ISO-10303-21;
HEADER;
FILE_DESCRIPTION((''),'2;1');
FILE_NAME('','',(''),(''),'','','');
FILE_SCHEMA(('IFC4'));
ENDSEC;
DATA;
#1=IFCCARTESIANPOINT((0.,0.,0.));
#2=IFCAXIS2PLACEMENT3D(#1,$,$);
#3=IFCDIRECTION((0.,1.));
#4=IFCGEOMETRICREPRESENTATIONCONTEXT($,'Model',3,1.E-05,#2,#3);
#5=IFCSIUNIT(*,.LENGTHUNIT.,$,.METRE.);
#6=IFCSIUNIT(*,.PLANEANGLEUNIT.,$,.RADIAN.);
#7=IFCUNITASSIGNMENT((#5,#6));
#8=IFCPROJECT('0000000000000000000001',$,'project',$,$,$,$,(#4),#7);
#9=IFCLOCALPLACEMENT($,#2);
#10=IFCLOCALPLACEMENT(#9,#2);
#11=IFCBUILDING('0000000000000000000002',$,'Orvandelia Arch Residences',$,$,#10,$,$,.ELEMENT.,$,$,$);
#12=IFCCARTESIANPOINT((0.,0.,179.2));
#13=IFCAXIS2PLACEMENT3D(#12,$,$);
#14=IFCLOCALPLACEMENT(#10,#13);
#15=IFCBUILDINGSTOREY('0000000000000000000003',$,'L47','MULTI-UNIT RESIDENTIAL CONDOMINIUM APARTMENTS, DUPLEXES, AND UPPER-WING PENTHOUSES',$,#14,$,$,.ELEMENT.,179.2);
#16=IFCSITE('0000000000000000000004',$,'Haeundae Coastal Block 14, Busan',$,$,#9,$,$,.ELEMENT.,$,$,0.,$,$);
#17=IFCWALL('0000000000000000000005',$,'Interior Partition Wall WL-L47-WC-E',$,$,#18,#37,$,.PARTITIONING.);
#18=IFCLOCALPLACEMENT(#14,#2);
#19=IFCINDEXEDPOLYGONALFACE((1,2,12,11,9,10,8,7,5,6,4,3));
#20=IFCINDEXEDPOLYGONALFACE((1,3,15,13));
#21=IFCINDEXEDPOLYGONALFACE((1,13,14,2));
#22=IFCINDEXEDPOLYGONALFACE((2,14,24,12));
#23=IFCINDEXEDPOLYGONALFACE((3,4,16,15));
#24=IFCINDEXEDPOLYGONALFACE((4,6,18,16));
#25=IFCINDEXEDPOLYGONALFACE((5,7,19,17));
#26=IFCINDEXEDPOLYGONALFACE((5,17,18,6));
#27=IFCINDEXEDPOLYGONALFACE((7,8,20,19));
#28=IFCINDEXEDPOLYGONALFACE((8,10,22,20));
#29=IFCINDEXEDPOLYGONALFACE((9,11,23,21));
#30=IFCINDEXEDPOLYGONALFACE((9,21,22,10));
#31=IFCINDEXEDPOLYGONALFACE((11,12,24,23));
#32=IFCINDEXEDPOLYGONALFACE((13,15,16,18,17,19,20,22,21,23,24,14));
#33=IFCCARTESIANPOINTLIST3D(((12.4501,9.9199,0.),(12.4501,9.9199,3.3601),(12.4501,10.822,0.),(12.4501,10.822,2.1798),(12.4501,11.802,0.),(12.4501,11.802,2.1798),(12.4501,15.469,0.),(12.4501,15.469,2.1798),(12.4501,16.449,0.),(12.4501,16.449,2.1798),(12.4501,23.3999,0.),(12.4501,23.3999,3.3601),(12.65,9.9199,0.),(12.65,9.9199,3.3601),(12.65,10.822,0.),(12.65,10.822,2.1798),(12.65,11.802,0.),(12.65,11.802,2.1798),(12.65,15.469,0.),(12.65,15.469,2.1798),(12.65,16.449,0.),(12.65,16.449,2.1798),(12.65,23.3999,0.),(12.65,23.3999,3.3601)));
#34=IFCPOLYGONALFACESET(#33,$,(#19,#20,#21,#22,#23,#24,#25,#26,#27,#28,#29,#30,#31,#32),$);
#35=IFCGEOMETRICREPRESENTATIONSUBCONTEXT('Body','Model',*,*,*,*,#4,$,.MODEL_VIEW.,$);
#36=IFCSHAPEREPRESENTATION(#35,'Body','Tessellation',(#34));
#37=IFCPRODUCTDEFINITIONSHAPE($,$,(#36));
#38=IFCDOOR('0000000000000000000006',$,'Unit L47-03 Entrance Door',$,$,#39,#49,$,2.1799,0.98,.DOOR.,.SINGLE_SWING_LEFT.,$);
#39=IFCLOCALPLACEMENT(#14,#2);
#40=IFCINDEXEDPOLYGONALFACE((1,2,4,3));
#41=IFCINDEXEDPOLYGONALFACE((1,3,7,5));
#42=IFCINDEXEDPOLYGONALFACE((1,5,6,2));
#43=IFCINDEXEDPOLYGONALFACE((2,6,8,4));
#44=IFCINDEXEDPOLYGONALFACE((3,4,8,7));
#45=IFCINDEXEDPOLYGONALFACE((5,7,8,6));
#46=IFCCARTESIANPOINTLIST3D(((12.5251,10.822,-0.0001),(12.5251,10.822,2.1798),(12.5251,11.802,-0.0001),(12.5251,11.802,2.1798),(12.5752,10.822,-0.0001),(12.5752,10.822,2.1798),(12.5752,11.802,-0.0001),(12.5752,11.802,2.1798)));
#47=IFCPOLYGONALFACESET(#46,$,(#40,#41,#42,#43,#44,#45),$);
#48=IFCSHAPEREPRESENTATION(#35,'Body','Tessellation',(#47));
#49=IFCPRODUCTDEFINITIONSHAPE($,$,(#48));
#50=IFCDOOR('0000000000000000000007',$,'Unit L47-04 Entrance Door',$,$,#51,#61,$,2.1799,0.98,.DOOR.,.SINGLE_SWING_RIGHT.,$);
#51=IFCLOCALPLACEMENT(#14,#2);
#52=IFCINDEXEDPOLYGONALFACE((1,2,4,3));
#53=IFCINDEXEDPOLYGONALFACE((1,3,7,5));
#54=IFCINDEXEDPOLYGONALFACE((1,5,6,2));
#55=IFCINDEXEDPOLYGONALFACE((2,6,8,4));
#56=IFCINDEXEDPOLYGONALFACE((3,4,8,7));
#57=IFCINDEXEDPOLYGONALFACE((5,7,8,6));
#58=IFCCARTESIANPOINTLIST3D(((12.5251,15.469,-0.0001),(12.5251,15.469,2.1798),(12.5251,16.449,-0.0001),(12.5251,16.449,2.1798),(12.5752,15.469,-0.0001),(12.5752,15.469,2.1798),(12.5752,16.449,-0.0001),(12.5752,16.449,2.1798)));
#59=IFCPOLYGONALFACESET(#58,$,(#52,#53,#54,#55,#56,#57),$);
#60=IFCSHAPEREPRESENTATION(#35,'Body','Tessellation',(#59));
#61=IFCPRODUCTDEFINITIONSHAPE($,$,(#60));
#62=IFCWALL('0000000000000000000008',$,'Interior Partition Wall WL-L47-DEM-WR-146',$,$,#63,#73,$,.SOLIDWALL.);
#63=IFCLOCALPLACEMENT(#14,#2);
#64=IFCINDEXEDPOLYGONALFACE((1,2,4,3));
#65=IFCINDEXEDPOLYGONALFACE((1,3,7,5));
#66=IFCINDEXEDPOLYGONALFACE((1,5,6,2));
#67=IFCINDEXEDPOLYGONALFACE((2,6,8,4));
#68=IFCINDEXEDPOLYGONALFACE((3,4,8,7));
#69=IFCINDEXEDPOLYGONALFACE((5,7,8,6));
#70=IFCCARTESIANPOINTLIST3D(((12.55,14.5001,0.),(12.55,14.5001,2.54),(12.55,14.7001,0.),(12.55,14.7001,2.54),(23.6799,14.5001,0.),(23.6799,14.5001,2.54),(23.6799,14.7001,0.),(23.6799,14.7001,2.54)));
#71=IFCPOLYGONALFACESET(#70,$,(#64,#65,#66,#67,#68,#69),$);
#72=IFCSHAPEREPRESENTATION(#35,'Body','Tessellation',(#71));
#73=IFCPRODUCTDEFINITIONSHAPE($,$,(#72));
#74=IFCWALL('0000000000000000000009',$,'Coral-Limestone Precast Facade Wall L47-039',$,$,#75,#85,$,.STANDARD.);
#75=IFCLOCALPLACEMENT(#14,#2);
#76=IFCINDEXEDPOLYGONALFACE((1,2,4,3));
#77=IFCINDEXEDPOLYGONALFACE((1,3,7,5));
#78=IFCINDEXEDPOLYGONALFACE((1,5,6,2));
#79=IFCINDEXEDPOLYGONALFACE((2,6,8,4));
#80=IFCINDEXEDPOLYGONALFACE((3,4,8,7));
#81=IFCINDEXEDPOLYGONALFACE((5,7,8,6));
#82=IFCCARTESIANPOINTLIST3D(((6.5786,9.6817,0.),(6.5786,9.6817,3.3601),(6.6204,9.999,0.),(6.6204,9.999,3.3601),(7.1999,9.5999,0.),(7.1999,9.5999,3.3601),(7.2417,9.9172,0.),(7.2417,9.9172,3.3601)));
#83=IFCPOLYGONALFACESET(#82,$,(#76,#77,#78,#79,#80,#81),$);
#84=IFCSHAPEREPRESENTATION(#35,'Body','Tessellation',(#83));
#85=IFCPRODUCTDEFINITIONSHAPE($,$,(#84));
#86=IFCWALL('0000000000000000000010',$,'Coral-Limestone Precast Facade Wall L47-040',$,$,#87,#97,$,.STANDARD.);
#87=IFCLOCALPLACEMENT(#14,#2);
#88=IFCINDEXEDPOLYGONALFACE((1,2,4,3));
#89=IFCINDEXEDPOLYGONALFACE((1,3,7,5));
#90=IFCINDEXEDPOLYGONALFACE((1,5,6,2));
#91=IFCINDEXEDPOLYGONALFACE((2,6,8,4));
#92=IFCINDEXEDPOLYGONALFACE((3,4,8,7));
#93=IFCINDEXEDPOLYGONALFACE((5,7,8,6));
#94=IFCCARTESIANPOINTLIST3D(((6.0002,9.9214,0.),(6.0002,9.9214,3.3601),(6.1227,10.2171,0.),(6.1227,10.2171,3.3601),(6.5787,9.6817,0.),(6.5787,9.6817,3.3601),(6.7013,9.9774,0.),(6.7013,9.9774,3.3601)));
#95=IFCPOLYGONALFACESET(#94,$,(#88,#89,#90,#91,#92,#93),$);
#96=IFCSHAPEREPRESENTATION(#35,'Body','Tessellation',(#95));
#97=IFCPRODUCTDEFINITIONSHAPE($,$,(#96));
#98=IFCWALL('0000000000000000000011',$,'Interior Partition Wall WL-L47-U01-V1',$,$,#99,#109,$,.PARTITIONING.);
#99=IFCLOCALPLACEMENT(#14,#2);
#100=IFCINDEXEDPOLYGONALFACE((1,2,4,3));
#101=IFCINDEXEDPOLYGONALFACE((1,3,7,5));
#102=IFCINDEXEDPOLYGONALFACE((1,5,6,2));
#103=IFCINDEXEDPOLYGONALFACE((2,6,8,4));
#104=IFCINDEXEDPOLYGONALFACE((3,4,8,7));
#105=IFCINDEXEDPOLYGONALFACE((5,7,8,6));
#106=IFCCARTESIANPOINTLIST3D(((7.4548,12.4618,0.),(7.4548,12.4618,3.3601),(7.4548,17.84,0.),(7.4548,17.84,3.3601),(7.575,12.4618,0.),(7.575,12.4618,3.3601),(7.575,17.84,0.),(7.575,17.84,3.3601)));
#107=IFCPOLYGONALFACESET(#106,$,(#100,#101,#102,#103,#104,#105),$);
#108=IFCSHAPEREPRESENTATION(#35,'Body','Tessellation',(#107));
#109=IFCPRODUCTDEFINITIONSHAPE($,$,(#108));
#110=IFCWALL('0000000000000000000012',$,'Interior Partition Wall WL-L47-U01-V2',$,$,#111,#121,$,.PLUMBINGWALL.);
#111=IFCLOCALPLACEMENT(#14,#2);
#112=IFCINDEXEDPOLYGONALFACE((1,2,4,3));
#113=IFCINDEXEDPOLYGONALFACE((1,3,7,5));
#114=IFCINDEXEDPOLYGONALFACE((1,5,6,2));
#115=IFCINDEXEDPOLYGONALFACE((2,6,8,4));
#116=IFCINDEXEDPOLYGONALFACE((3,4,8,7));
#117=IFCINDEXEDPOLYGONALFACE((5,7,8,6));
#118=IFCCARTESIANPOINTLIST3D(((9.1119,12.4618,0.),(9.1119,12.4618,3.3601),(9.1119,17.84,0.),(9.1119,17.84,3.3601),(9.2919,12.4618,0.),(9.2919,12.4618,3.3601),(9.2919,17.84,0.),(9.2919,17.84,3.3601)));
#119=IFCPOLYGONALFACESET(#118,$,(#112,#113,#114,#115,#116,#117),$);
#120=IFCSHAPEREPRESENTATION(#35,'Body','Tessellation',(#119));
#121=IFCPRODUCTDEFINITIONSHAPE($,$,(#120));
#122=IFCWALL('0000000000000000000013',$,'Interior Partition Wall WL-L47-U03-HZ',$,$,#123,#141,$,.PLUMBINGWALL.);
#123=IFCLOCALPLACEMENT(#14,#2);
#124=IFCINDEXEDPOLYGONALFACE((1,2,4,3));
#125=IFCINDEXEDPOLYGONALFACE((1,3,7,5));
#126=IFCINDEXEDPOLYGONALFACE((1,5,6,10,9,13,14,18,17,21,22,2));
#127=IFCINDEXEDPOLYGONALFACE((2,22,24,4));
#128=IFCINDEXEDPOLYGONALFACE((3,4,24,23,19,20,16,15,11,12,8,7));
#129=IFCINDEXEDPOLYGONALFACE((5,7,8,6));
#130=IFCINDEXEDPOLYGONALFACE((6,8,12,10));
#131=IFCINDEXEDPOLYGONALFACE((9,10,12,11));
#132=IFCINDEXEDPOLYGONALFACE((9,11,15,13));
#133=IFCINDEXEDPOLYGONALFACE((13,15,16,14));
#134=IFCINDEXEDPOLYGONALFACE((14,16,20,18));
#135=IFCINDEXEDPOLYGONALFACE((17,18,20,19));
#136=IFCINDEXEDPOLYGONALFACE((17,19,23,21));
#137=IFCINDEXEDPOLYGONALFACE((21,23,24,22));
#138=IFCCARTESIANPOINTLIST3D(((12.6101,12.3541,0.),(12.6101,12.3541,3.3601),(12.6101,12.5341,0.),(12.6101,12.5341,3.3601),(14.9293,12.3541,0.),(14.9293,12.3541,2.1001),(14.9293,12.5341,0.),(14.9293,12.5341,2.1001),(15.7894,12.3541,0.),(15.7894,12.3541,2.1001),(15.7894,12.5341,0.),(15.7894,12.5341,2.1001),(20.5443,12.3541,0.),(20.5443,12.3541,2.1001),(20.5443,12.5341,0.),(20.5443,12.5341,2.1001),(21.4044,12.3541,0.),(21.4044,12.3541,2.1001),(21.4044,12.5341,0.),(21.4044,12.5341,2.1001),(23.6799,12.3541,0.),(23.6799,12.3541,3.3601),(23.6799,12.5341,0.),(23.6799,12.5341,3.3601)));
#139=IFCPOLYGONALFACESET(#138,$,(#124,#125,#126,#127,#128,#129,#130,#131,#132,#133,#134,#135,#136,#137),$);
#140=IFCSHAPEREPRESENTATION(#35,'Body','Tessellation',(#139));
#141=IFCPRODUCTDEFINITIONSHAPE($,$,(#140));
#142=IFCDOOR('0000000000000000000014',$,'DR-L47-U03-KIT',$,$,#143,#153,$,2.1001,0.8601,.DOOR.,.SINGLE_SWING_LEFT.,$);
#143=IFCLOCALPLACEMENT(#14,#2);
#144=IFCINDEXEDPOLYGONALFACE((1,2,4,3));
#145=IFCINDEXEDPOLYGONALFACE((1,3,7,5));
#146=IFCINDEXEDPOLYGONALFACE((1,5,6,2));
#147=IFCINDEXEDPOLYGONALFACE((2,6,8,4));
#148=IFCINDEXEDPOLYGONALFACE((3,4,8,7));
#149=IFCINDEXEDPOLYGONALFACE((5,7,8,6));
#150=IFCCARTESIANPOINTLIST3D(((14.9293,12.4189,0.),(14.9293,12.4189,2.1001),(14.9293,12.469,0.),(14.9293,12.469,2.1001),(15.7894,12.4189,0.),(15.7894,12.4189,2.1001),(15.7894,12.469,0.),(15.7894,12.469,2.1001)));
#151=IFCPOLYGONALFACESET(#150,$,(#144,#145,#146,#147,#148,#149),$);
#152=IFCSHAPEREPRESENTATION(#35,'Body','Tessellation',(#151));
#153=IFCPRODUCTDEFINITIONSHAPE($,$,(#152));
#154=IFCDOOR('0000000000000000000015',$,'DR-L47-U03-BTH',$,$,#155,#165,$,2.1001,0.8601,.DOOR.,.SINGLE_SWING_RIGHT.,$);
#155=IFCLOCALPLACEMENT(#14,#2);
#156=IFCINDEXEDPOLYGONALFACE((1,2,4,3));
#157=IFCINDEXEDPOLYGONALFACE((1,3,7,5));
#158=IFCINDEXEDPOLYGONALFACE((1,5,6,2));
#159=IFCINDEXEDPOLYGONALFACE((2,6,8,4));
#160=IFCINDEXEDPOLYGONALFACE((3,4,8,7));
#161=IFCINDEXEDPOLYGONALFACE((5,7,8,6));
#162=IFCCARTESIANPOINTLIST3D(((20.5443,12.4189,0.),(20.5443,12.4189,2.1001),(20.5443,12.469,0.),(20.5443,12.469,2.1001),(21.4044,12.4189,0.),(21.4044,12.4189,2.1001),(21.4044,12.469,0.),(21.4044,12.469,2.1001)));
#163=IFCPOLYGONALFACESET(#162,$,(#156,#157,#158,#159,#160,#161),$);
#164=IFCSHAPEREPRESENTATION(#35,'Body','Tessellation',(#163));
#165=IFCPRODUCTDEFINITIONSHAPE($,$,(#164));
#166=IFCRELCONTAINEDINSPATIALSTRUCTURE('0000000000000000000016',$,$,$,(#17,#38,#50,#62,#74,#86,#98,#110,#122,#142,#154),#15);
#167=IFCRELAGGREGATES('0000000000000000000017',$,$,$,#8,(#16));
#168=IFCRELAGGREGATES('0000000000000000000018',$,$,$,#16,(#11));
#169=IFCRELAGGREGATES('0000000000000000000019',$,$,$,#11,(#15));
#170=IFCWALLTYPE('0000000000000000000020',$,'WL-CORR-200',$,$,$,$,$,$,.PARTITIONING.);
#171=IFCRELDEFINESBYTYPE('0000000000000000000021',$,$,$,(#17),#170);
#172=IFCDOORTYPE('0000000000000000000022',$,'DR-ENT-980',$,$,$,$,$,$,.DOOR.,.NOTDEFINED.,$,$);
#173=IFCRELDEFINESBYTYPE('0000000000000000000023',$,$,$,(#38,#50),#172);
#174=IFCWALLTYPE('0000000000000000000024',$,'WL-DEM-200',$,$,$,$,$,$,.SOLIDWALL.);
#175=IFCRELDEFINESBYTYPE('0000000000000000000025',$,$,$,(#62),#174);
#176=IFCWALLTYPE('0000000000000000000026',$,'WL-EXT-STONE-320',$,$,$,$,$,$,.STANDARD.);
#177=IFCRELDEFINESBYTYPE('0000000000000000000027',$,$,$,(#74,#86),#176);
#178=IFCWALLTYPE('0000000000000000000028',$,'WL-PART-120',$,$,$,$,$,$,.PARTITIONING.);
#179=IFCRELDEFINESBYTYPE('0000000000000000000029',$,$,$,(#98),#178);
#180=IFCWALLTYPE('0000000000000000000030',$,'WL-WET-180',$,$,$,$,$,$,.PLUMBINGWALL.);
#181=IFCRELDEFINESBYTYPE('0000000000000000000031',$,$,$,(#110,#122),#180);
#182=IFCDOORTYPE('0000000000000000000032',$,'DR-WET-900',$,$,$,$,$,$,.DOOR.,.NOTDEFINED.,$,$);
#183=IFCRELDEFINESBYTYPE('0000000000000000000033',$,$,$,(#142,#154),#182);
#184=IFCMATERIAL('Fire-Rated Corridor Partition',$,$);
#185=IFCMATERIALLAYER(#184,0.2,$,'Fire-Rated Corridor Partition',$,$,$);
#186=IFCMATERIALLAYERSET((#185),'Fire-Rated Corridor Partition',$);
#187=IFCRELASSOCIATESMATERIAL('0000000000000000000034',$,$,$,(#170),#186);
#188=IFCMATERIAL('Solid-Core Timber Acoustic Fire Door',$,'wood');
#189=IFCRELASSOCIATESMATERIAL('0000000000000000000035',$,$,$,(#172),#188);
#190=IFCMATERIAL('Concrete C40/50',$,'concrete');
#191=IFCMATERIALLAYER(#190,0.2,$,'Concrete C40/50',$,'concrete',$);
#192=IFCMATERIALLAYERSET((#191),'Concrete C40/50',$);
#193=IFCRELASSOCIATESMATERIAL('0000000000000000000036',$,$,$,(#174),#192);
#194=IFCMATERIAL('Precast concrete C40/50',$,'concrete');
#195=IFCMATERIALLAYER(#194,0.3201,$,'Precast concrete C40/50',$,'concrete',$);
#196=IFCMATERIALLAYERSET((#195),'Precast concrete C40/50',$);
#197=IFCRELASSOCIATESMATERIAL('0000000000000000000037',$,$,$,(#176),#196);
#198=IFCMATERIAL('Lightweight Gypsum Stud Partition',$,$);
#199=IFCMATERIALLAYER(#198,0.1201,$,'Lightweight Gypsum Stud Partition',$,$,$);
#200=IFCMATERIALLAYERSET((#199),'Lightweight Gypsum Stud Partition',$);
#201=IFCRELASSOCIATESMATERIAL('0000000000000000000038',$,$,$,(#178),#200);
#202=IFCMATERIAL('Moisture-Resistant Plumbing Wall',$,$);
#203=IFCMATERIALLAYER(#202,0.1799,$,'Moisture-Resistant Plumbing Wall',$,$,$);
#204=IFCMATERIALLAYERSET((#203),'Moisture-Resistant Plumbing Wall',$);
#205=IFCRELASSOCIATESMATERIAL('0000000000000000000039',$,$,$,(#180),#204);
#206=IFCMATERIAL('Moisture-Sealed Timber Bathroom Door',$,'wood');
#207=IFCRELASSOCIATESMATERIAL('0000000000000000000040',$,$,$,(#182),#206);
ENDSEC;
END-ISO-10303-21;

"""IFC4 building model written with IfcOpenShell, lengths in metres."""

from ifc_helpers import new_model, si_unit, direction, frame, frame_2d, origin, place, context, subcontext, project, spatial, rectangle, extrude, material, layer, layer_set, type_object, element, fill, save


model = new_model("IFC4")

# Units and contexts
model_context = context("Model", 3, precision=1e-05, world=origin(), true_north=direction((0.0, 1.0)))
body_context = subcontext(model_context, "Body", "Model", "MODEL_VIEW")
ifc_project = project(units=[si_unit("LENGTHUNIT", "METRE"), si_unit("PLANEANGLEUNIT", "RADIAN")], contexts=[model_context])

# Site, building, storey
site_placement = place(None, origin())
site = spatial("IfcSite", under=ifc_project, at=site_placement, Name="Haeundae Coastal Block 14, Busan", CompositionType="ELEMENT", RefElevation=0.0)
building_placement = place(site_placement, origin())
building = spatial("IfcBuilding", under=site, at=building_placement, Name="Orvandelia Arch Residences", CompositionType="ELEMENT")
storey_placement = place(building_placement, frame((0.0, 0.0, 179.2)))
storey = spatial("IfcBuildingStorey", under=building, at=storey_placement, Name="L47", Description="MULTI-UNIT RESIDENTIAL CONDOMINIUM APARTMENTS, DUPLEXES, AND UPPER-WING PENTHOUSES", CompositionType="ELEMENT", Elevation=179.2)

# Wall, openings, doors
ifc_material_1 = material(Name="Fire-Rated Corridor Partition")
ifc_layer_1 = layer(ifc_material_1, 0.2, Name="Fire-Rated Corridor Partition")
ifc_layer_set_1 = layer_set([ifc_layer_1], Name="Fire-Rated Corridor Partition")
wall_type_1 = type_object("IfcWallType", Name="WL-CORR-200", PredefinedType="PARTITIONING", material=ifc_layer_set_1)
ifc_material_2 = material(Name="Solid-Core Timber Acoustic Fire Door", Category="wood")
door_type_1 = type_object("IfcDoorType", Name="DR-ENT-980", OperationType="NOTDEFINED", PredefinedType="DOOR", material=ifc_material_2)
wall_1_placement = place(storey_placement, frame((12.55, 9.9199, 0.0), z_axis=(0.0, 0.0, 1.0), x_axis=(0.0, 1.0, 0.0)))
wall_1 = element("IfcWall", 1, at=wall_1_placement, inside=storey, type_object=wall_type_1, Name="Interior Partition Wall WL-L47-WC-E", PredefinedType="PARTITIONING", context=body_context, shape_type="SweptSolid", body=[
    extrude(rectangle(XDim=13.48, YDim=0.2, at=frame_2d((6.74, 0.0))), origin(), (0.0, 0.0, 1.0), 3.3601),
])
opening_1_placement = place(wall_1_placement, frame((0.9021, 0.0, 0.0)))
opening_1 = element("IfcOpeningElement", 2, at=opening_1_placement, cuts=wall_1, PredefinedType="OPENING", context=body_context, shape_type="SweptSolid", body=[
    extrude(rectangle(XDim=0.98, YDim=2.1799, at=frame_2d((0.49, 1.0898))), frame((0.0, 0.1099, 0.0), z_axis=(0.0, -1.0, 0.0), x_axis=(1.0, 0.0, 0.0)), (0.0, 0.0, 1.0), 0.22),
])
opening_2_placement = place(wall_1_placement, frame((5.5491, 0.0, 0.0)))
opening_2 = element("IfcOpeningElement", 3, at=opening_2_placement, cuts=wall_1, PredefinedType="OPENING", context=body_context, shape_type="SweptSolid", body=[
    extrude(rectangle(XDim=0.98, YDim=2.1799, at=frame_2d((0.49, 1.0898))), frame((0.0, 0.1099, 0.0), z_axis=(0.0, -1.0, 0.0), x_axis=(1.0, 0.0, 0.0)), (0.0, 0.0, 1.0), 0.22),
])
door_1_placement = place(opening_1_placement, origin())
door_1 = element("IfcDoor", 4, at=door_1_placement, inside=storey, type_object=door_type_1, Name="Unit L47-03 Entrance Door", OperationType="SINGLE_SWING_LEFT", OverallHeight=2.1799, OverallWidth=0.98, PredefinedType="DOOR", context=body_context, shape_type="SweptSolid", body=[
    extrude(rectangle(XDim=0.98, YDim=2.1799, at=frame_2d((0.49, 1.0898))), frame((0.0, 0.0249, 0.0), z_axis=(0.0, -1.0, 0.0), x_axis=(1.0, 0.0, 0.0)), (0.0, 0.0, 1.0), 0.05),
])
fill(opening_1, door_1)
door_2_placement = place(opening_2_placement, origin())
door_2 = element("IfcDoor", 5, at=door_2_placement, inside=storey, type_object=door_type_1, Name="Unit L47-04 Entrance Door", OperationType="SINGLE_SWING_RIGHT", OverallHeight=2.1799, OverallWidth=0.98, PredefinedType="DOOR", context=body_context, shape_type="SweptSolid", body=[
    extrude(rectangle(XDim=0.98, YDim=2.1799, at=frame_2d((0.49, 1.0898))), frame((0.0, 0.0249, 0.0), z_axis=(0.0, -1.0, 0.0), x_axis=(1.0, 0.0, 0.0)), (0.0, 0.0, 1.0), 0.05),
])
fill(opening_2, door_2)

# Walls
ifc_material_3 = material(Name="Concrete C40/50", Category="concrete")
ifc_layer_2 = layer(ifc_material_3, 0.2, Name="Concrete C40/50", Category="concrete")
ifc_layer_set_2 = layer_set([ifc_layer_2], Name="Concrete C40/50")
wall_type_2 = type_object("IfcWallType", Name="WL-DEM-200", PredefinedType="SOLIDWALL", material=ifc_layer_set_2)
wall_2_placement = place(storey_placement, frame((12.55, 14.6001, 0.0), z_axis=(0.0, 0.0, 1.0), x_axis=(1.0, 0.0, 0.0)))
element("IfcWall", 6, at=wall_2_placement, inside=storey, type_object=wall_type_2, Name="Interior Partition Wall WL-L47-DEM-WR-146", PredefinedType="SOLIDWALL", context=body_context, shape_type="SweptSolid", body=[
    extrude(rectangle(XDim=11.1299, YDim=0.2, at=frame_2d((5.5649, 0.0))), origin(), (0.0, 0.0, 1.0), 2.54),
])
ifc_material_4 = material(Name="Precast concrete C40/50", Category="concrete")
ifc_layer_3 = layer(ifc_material_4, 0.3201, Name="Precast concrete C40/50", Category="concrete")
ifc_layer_set_3 = layer_set([ifc_layer_3], Name="Precast concrete C40/50")
wall_type_3 = type_object("IfcWallType", Name="WL-EXT-STONE-320", PredefinedType="STANDARD", material=ifc_layer_set_3)
wall_3_placement = place(storey_placement, frame((7.2209, 9.7585, 0.0), z_axis=(0.0, 0.0, 1.0), x_axis=(-0.991448, 0.130505, 0.0)))
element("IfcWall", 7, at=wall_3_placement, inside=storey, type_object=wall_type_3, Name="Coral-Limestone Precast Facade Wall L47-039", PredefinedType="STANDARD", context=body_context, shape_type="SweptSolid", body=[
    extrude(rectangle(XDim=0.6267, YDim=0.3201, at=frame_2d((0.3135, 0.0))), origin(), (0.0, 0.0, 1.0), 3.3601),
])
wall_4_placement = place(storey_placement, frame((6.6399, 9.8296, 0.0), z_axis=(0.0, 0.0, 1.0), x_axis=(-0.923836, 0.382788, 0.0)))
element("IfcWall", 8, at=wall_4_placement, inside=storey, type_object=wall_type_3, Name="Coral-Limestone Precast Facade Wall L47-040", PredefinedType="STANDARD", context=body_context, shape_type="SweptSolid", body=[
    extrude(rectangle(XDim=0.6262, YDim=0.3201, at=frame_2d((0.313, 0.0))), origin(), (0.0, 0.0, 1.0), 3.3601),
])
ifc_material_5 = material(Name="Lightweight Gypsum Stud Partition")
ifc_layer_4 = layer(ifc_material_5, 0.1201, Name="Lightweight Gypsum Stud Partition")
ifc_layer_set_4 = layer_set([ifc_layer_4], Name="Lightweight Gypsum Stud Partition")
wall_type_4 = type_object("IfcWallType", Name="WL-PART-120", PredefinedType="PARTITIONING", material=ifc_layer_set_4)
wall_5_placement = place(storey_placement, frame((7.5149, 12.4619, 0.0), z_axis=(0.0, 0.0, 1.0), x_axis=(0.0, 1.0, 0.0)))
element("IfcWall", 9, at=wall_5_placement, inside=storey, type_object=wall_type_4, Name="Interior Partition Wall WL-L47-U01-V1", PredefinedType="PARTITIONING", context=body_context, shape_type="SweptSolid", body=[
    extrude(rectangle(XDim=5.3782, YDim=0.1201, at=frame_2d((2.689, 0.0))), origin(), (0.0, 0.0, 1.0), 3.3601),
])
ifc_material_6 = material(Name="Moisture-Resistant Plumbing Wall")
ifc_layer_5 = layer(ifc_material_6, 0.1799, Name="Moisture-Resistant Plumbing Wall")
ifc_layer_set_5 = layer_set([ifc_layer_5], Name="Moisture-Resistant Plumbing Wall")
wall_type_5 = type_object("IfcWallType", Name="WL-WET-180", PredefinedType="PLUMBINGWALL", material=ifc_layer_set_5)
wall_6_placement = place(storey_placement, frame((9.2019, 12.4619, 0.0), z_axis=(0.0, 0.0, 1.0), x_axis=(0.0, 1.0, 0.0)))
element("IfcWall", 10, at=wall_6_placement, inside=storey, type_object=wall_type_5, Name="Interior Partition Wall WL-L47-U01-V2", PredefinedType="PLUMBINGWALL", context=body_context, shape_type="SweptSolid", body=[
    extrude(rectangle(XDim=5.3782, YDim=0.1799, at=frame_2d((2.689, 0.0))), origin(), (0.0, 0.0, 1.0), 3.3601),
])

# Wall, openings, doors
wall_7_placement = place(storey_placement, frame((12.6101, 12.4441, 0.0), z_axis=(0.0, 0.0, 1.0), x_axis=(1.0, 0.0, 0.0)))
wall_7 = element("IfcWall", 11, at=wall_7_placement, inside=storey, type_object=wall_type_5, Name="Interior Partition Wall WL-L47-U03-HZ", PredefinedType="PLUMBINGWALL", context=body_context, shape_type="SweptSolid", body=[
    extrude(rectangle(XDim=11.0698, YDim=0.1799, at=frame_2d((5.5349, 0.0))), origin(), (0.0, 0.0, 1.0), 3.3601),
])
opening_3_placement = place(wall_7_placement, frame((2.3191, 0.0, 0.0)))
opening_3 = element("IfcOpeningElement", 12, at=opening_3_placement, cuts=wall_7, PredefinedType="OPENING", context=body_context, shape_type="SweptSolid", body=[
    extrude(rectangle(XDim=0.8601, YDim=2.1001, at=frame_2d((0.4302, 1.05))), frame((0.0, 0.1001, 0.0), z_axis=(0.0, -1.0, 0.0), x_axis=(1.0, 0.0, 0.0)), (0.0, 0.0, 1.0), 0.2),
])
opening_4_placement = place(wall_7_placement, frame((7.9341, 0.0, 0.0)))
opening_4 = element("IfcOpeningElement", 13, at=opening_4_placement, cuts=wall_7, PredefinedType="OPENING", context=body_context, shape_type="SweptSolid", body=[
    extrude(rectangle(XDim=0.8601, YDim=2.1001, at=frame_2d((0.4302, 1.05))), frame((0.0, 0.1001, 0.0), z_axis=(0.0, -1.0, 0.0), x_axis=(1.0, 0.0, 0.0)), (0.0, 0.0, 1.0), 0.2),
])
ifc_material_7 = material(Name="Moisture-Sealed Timber Bathroom Door", Category="wood")
door_type_2 = type_object("IfcDoorType", Name="DR-WET-900", OperationType="NOTDEFINED", PredefinedType="DOOR", material=ifc_material_7)
door_3_placement = place(opening_3_placement, origin())
door_3 = element("IfcDoor", 14, at=door_3_placement, inside=storey, type_object=door_type_2, Name="DR-L47-U03-KIT", OperationType="SINGLE_SWING_LEFT", OverallHeight=2.1001, OverallWidth=0.8601, PredefinedType="DOOR", context=body_context, shape_type="SweptSolid", body=[
    extrude(rectangle(XDim=0.8601, YDim=2.1001, at=frame_2d((0.4302, 1.05))), frame((0.0, 0.0249, 0.0), z_axis=(0.0, -1.0, 0.0), x_axis=(1.0, 0.0, 0.0)), (0.0, 0.0, 1.0), 0.05),
])
fill(opening_3, door_3)
door_4_placement = place(opening_4_placement, origin())
door_4 = element("IfcDoor", 15, at=door_4_placement, inside=storey, type_object=door_type_2, Name="DR-L47-U03-BTH", OperationType="SINGLE_SWING_RIGHT", OverallHeight=2.1001, OverallWidth=0.8601, PredefinedType="DOOR", context=body_context, shape_type="SweptSolid", body=[
    extrude(rectangle(XDim=0.8601, YDim=2.1001, at=frame_2d((0.4302, 1.05))), frame((0.0, 0.0249, 0.0), z_axis=(0.0, -1.0, 0.0), x_axis=(1.0, 0.0, 0.0)), (0.0, 0.0, 1.0), 0.05),
])
fill(opening_4, door_4)

save(model, "model.ifc")
